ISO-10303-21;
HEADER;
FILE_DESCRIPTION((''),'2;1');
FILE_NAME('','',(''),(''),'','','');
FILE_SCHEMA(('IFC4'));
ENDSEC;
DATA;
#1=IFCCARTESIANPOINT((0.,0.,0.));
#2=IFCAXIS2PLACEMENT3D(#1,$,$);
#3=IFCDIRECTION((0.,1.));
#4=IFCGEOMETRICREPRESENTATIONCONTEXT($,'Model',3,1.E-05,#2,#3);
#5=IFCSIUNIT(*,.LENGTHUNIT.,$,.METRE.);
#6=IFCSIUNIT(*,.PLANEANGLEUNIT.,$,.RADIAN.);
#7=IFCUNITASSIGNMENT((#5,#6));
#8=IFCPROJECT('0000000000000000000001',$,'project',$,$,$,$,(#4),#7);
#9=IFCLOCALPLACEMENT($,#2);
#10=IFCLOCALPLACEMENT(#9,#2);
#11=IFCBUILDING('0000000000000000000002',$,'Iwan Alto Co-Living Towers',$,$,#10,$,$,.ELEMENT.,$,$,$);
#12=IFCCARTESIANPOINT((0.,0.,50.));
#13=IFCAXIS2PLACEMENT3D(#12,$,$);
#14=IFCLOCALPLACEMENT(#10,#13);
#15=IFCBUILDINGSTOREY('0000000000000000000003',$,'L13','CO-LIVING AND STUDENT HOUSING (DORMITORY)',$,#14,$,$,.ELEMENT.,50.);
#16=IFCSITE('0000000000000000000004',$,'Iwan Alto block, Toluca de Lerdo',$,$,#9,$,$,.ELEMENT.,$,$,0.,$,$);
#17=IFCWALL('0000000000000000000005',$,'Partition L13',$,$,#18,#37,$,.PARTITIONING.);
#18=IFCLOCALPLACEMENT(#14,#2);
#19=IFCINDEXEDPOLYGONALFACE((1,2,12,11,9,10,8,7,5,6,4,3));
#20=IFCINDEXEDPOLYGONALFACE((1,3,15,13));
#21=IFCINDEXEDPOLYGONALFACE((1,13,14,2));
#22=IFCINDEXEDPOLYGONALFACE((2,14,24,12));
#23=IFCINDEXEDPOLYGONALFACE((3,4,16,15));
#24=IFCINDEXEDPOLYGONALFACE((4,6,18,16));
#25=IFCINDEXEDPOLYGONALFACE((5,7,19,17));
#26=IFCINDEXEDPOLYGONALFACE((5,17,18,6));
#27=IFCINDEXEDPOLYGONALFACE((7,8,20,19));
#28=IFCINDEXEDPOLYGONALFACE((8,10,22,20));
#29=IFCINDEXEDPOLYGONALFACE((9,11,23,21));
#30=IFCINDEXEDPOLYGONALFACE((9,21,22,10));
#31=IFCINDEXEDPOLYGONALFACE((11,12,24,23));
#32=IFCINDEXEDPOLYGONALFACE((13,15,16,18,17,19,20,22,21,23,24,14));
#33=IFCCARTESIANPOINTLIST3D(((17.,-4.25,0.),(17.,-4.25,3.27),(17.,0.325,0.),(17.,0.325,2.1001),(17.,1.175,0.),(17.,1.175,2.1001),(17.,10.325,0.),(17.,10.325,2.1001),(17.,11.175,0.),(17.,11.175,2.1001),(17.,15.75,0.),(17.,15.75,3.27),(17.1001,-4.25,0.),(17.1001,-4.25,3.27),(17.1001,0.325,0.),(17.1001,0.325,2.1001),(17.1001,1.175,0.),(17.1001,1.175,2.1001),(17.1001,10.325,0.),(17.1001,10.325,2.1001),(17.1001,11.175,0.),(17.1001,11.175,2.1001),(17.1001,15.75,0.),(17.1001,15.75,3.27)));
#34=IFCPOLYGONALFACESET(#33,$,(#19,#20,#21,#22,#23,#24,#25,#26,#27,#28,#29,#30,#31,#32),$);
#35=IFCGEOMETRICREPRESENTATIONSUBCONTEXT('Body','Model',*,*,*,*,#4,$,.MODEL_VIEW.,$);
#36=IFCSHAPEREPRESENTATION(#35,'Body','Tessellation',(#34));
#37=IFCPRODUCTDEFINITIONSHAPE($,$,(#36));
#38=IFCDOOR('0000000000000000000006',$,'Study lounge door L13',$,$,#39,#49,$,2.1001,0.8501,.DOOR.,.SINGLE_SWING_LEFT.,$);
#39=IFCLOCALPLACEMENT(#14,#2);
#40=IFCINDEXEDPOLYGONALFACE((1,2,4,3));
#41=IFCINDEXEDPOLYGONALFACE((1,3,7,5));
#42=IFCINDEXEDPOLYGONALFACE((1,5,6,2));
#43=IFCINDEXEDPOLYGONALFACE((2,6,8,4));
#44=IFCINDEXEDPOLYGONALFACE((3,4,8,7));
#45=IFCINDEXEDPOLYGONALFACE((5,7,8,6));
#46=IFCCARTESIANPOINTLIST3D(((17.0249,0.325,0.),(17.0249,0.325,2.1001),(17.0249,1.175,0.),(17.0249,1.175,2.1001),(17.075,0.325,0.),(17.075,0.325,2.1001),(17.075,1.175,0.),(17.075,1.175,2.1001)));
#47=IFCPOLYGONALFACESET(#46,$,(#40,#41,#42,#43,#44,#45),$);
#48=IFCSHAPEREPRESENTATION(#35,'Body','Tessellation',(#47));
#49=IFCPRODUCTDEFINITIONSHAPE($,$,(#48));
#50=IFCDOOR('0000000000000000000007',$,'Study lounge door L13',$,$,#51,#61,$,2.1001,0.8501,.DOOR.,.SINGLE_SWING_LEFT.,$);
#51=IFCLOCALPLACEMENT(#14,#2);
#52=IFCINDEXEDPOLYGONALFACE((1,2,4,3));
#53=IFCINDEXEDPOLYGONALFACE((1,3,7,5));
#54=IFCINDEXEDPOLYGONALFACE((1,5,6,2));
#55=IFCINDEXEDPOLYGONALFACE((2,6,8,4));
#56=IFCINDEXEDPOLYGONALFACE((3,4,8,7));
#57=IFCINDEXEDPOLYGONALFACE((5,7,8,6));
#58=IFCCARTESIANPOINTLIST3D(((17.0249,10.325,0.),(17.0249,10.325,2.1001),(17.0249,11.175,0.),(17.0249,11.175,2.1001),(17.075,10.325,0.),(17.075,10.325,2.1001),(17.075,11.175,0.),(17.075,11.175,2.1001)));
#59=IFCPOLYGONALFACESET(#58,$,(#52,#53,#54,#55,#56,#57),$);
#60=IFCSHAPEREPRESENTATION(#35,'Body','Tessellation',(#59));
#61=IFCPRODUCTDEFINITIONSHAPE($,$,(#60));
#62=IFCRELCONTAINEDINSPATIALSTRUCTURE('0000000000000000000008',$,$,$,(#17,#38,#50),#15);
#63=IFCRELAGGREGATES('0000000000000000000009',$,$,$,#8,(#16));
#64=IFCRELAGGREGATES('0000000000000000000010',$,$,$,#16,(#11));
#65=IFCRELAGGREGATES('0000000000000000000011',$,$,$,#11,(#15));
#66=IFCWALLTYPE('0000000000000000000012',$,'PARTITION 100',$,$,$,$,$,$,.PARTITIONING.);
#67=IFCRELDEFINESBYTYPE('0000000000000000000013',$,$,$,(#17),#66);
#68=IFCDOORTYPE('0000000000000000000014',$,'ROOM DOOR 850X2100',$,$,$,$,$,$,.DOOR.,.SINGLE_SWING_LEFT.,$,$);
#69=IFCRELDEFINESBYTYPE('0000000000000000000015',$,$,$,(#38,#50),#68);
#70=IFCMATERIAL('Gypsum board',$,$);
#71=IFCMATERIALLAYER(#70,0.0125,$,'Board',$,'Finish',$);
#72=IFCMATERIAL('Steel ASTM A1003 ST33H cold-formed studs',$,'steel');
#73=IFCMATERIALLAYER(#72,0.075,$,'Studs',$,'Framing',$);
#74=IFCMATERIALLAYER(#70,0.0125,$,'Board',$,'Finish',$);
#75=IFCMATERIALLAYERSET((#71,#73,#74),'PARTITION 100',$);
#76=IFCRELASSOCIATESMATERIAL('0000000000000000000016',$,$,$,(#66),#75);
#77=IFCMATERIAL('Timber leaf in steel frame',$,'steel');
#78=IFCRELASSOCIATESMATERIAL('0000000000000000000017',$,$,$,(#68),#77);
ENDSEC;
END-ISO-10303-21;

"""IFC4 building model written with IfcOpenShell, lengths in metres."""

from ifc_helpers import new_model, si_unit, direction, frame, frame_2d, origin, place, context, subcontext, project, spatial, rectangle, extrude, material, layer, layer_set, type_object, element, fill, save


model = new_model("IFC4")

# Units and contexts
model_context = context("Model", 3, precision=1e-05, world=origin(), true_north=direction((0.0, 1.0)))
body_context = subcontext(model_context, "Body", "Model", "MODEL_VIEW")
ifc_project = project(units=[si_unit("LENGTHUNIT", "METRE"), si_unit("PLANEANGLEUNIT", "RADIAN")], contexts=[model_context])

# Site, building, storey
site_placement = place(None, origin())
site = spatial("IfcSite", under=ifc_project, at=site_placement, Name="Iwan Alto block, Toluca de Lerdo", CompositionType="ELEMENT", RefElevation=0.0)
building_placement = place(site_placement, origin())
building = spatial("IfcBuilding", under=site, at=building_placement, Name="Iwan Alto Co-Living Towers", CompositionType="ELEMENT")
storey_placement = place(building_placement, frame((0.0, 0.0, 50.0)))
storey = spatial("IfcBuildingStorey", under=building, at=storey_placement, Name="L13", Description="CO-LIVING AND STUDENT HOUSING (DORMITORY)", CompositionType="ELEMENT", Elevation=50.0)

# Shared definitions
ifc_material_1 = material(Name="Gypsum board")
ifc_layer_1 = layer(ifc_material_1, 0.0125, Name="Board", Category="Finish")
ifc_material_2 = material(Name="Steel ASTM A1003 ST33H cold-formed studs", Category="steel")
ifc_layer_2 = layer(ifc_material_2, 0.075, Name="Studs", Category="Framing")
ifc_layer_3 = layer(ifc_material_1, 0.0125, Name="Board", Category="Finish")
ifc_layer_set = layer_set([ifc_layer_1, ifc_layer_2, ifc_layer_3], Name="PARTITION 100")
wall_type = type_object("IfcWallType", Name="PARTITION 100", PredefinedType="PARTITIONING", material=ifc_layer_set)

# Wall, openings, doors
wall_1_placement = place(storey_placement, frame((17.05, -4.25, 0.0), z_axis=(0.0, 0.0, 1.0), x_axis=(0.0, 1.0, 0.0)))
wall_1 = element("IfcWall", 1, at=wall_1_placement, inside=storey, type_object=wall_type, Name="Partition L13", PredefinedType="PARTITIONING", context=body_context, shape_type="SweptSolid", body=[
    extrude(rectangle(XDim=20.0, YDim=0.1001, at=frame_2d((10.0, 0.0))), origin(), (0.0, 0.0, 1.0), 3.27),
])
opening_1_placement = place(wall_1_placement, frame((4.575, 0.0, 0.0)))
opening_1 = element("IfcOpeningElement", 2, at=opening_1_placement, cuts=wall_1, PredefinedType="OPENING", context=body_context, shape_type="SweptSolid", body=[
    extrude(rectangle(XDim=0.8501, YDim=2.1001, at=frame_2d((0.425, 1.05))), frame((0.0, 0.0601, 0.0), z_axis=(0.0, -1.0, 0.0), x_axis=(1.0, 0.0, 0.0)), (0.0, 0.0, 1.0), 0.1201),
])
opening_2_placement = place(wall_1_placement, frame((14.575, 0.0, 0.0)))
opening_2 = element("IfcOpeningElement", 3, at=opening_2_placement, cuts=wall_1, PredefinedType="OPENING", context=body_context, shape_type="SweptSolid", body=[
    extrude(rectangle(XDim=0.8501, YDim=2.1001, at=frame_2d((0.425, 1.05))), frame((0.0, 0.0601, 0.0), z_axis=(0.0, -1.0, 0.0), x_axis=(1.0, 0.0, 0.0)), (0.0, 0.0, 1.0), 0.1201),
])
ifc_material_3 = material(Name="Timber leaf in steel frame", Category="steel")
door_type = type_object("IfcDoorType", Name="ROOM DOOR 850X2100", OperationType="SINGLE_SWING_LEFT", PredefinedType="DOOR", material=ifc_material_3)
door_1_placement = place(opening_1_placement, frame((0.8501, 0.0, 0.0), z_axis=(0.0, 0.0, 1.0), x_axis=(-1.0, 0.0, 0.0)))
door_1 = element("IfcDoor", 4, at=door_1_placement, inside=storey, type_object=door_type, Name="Study lounge door L13", OperationType="SINGLE_SWING_LEFT", OverallHeight=2.1001, OverallWidth=0.8501, PredefinedType="DOOR", context=body_context, shape_type="SweptSolid", body=[
    extrude(rectangle(XDim=0.8501, YDim=2.1001, at=frame_2d((0.425, 1.05))), frame((0.0, 0.0249, 0.0), z_axis=(0.0, -1.0, 0.0), x_axis=(1.0, 0.0, 0.0)), (0.0, 0.0, 1.0), 0.05),
])
fill(opening_1, door_1)
door_2_placement = place(opening_2_placement, frame((0.8501, 0.0, 0.0), z_axis=(0.0, 0.0, 1.0), x_axis=(-1.0, 0.0, 0.0)))
door_2 = element("IfcDoor", 5, at=door_2_placement, inside=storey, type_object=door_type, Name="Study lounge door L13", OperationType="SINGLE_SWING_LEFT", OverallHeight=2.1001, OverallWidth=0.8501, PredefinedType="DOOR", context=body_context, shape_type="SweptSolid", body=[
    extrude(rectangle(XDim=0.8501, YDim=2.1001, at=frame_2d((0.425, 1.05))), frame((0.0, 0.0249, 0.0), z_axis=(0.0, -1.0, 0.0), x_axis=(1.0, 0.0, 0.0)), (0.0, 0.0, 1.0), 0.05),
])
fill(opening_2, door_2)

save(model, "model.ifc")
